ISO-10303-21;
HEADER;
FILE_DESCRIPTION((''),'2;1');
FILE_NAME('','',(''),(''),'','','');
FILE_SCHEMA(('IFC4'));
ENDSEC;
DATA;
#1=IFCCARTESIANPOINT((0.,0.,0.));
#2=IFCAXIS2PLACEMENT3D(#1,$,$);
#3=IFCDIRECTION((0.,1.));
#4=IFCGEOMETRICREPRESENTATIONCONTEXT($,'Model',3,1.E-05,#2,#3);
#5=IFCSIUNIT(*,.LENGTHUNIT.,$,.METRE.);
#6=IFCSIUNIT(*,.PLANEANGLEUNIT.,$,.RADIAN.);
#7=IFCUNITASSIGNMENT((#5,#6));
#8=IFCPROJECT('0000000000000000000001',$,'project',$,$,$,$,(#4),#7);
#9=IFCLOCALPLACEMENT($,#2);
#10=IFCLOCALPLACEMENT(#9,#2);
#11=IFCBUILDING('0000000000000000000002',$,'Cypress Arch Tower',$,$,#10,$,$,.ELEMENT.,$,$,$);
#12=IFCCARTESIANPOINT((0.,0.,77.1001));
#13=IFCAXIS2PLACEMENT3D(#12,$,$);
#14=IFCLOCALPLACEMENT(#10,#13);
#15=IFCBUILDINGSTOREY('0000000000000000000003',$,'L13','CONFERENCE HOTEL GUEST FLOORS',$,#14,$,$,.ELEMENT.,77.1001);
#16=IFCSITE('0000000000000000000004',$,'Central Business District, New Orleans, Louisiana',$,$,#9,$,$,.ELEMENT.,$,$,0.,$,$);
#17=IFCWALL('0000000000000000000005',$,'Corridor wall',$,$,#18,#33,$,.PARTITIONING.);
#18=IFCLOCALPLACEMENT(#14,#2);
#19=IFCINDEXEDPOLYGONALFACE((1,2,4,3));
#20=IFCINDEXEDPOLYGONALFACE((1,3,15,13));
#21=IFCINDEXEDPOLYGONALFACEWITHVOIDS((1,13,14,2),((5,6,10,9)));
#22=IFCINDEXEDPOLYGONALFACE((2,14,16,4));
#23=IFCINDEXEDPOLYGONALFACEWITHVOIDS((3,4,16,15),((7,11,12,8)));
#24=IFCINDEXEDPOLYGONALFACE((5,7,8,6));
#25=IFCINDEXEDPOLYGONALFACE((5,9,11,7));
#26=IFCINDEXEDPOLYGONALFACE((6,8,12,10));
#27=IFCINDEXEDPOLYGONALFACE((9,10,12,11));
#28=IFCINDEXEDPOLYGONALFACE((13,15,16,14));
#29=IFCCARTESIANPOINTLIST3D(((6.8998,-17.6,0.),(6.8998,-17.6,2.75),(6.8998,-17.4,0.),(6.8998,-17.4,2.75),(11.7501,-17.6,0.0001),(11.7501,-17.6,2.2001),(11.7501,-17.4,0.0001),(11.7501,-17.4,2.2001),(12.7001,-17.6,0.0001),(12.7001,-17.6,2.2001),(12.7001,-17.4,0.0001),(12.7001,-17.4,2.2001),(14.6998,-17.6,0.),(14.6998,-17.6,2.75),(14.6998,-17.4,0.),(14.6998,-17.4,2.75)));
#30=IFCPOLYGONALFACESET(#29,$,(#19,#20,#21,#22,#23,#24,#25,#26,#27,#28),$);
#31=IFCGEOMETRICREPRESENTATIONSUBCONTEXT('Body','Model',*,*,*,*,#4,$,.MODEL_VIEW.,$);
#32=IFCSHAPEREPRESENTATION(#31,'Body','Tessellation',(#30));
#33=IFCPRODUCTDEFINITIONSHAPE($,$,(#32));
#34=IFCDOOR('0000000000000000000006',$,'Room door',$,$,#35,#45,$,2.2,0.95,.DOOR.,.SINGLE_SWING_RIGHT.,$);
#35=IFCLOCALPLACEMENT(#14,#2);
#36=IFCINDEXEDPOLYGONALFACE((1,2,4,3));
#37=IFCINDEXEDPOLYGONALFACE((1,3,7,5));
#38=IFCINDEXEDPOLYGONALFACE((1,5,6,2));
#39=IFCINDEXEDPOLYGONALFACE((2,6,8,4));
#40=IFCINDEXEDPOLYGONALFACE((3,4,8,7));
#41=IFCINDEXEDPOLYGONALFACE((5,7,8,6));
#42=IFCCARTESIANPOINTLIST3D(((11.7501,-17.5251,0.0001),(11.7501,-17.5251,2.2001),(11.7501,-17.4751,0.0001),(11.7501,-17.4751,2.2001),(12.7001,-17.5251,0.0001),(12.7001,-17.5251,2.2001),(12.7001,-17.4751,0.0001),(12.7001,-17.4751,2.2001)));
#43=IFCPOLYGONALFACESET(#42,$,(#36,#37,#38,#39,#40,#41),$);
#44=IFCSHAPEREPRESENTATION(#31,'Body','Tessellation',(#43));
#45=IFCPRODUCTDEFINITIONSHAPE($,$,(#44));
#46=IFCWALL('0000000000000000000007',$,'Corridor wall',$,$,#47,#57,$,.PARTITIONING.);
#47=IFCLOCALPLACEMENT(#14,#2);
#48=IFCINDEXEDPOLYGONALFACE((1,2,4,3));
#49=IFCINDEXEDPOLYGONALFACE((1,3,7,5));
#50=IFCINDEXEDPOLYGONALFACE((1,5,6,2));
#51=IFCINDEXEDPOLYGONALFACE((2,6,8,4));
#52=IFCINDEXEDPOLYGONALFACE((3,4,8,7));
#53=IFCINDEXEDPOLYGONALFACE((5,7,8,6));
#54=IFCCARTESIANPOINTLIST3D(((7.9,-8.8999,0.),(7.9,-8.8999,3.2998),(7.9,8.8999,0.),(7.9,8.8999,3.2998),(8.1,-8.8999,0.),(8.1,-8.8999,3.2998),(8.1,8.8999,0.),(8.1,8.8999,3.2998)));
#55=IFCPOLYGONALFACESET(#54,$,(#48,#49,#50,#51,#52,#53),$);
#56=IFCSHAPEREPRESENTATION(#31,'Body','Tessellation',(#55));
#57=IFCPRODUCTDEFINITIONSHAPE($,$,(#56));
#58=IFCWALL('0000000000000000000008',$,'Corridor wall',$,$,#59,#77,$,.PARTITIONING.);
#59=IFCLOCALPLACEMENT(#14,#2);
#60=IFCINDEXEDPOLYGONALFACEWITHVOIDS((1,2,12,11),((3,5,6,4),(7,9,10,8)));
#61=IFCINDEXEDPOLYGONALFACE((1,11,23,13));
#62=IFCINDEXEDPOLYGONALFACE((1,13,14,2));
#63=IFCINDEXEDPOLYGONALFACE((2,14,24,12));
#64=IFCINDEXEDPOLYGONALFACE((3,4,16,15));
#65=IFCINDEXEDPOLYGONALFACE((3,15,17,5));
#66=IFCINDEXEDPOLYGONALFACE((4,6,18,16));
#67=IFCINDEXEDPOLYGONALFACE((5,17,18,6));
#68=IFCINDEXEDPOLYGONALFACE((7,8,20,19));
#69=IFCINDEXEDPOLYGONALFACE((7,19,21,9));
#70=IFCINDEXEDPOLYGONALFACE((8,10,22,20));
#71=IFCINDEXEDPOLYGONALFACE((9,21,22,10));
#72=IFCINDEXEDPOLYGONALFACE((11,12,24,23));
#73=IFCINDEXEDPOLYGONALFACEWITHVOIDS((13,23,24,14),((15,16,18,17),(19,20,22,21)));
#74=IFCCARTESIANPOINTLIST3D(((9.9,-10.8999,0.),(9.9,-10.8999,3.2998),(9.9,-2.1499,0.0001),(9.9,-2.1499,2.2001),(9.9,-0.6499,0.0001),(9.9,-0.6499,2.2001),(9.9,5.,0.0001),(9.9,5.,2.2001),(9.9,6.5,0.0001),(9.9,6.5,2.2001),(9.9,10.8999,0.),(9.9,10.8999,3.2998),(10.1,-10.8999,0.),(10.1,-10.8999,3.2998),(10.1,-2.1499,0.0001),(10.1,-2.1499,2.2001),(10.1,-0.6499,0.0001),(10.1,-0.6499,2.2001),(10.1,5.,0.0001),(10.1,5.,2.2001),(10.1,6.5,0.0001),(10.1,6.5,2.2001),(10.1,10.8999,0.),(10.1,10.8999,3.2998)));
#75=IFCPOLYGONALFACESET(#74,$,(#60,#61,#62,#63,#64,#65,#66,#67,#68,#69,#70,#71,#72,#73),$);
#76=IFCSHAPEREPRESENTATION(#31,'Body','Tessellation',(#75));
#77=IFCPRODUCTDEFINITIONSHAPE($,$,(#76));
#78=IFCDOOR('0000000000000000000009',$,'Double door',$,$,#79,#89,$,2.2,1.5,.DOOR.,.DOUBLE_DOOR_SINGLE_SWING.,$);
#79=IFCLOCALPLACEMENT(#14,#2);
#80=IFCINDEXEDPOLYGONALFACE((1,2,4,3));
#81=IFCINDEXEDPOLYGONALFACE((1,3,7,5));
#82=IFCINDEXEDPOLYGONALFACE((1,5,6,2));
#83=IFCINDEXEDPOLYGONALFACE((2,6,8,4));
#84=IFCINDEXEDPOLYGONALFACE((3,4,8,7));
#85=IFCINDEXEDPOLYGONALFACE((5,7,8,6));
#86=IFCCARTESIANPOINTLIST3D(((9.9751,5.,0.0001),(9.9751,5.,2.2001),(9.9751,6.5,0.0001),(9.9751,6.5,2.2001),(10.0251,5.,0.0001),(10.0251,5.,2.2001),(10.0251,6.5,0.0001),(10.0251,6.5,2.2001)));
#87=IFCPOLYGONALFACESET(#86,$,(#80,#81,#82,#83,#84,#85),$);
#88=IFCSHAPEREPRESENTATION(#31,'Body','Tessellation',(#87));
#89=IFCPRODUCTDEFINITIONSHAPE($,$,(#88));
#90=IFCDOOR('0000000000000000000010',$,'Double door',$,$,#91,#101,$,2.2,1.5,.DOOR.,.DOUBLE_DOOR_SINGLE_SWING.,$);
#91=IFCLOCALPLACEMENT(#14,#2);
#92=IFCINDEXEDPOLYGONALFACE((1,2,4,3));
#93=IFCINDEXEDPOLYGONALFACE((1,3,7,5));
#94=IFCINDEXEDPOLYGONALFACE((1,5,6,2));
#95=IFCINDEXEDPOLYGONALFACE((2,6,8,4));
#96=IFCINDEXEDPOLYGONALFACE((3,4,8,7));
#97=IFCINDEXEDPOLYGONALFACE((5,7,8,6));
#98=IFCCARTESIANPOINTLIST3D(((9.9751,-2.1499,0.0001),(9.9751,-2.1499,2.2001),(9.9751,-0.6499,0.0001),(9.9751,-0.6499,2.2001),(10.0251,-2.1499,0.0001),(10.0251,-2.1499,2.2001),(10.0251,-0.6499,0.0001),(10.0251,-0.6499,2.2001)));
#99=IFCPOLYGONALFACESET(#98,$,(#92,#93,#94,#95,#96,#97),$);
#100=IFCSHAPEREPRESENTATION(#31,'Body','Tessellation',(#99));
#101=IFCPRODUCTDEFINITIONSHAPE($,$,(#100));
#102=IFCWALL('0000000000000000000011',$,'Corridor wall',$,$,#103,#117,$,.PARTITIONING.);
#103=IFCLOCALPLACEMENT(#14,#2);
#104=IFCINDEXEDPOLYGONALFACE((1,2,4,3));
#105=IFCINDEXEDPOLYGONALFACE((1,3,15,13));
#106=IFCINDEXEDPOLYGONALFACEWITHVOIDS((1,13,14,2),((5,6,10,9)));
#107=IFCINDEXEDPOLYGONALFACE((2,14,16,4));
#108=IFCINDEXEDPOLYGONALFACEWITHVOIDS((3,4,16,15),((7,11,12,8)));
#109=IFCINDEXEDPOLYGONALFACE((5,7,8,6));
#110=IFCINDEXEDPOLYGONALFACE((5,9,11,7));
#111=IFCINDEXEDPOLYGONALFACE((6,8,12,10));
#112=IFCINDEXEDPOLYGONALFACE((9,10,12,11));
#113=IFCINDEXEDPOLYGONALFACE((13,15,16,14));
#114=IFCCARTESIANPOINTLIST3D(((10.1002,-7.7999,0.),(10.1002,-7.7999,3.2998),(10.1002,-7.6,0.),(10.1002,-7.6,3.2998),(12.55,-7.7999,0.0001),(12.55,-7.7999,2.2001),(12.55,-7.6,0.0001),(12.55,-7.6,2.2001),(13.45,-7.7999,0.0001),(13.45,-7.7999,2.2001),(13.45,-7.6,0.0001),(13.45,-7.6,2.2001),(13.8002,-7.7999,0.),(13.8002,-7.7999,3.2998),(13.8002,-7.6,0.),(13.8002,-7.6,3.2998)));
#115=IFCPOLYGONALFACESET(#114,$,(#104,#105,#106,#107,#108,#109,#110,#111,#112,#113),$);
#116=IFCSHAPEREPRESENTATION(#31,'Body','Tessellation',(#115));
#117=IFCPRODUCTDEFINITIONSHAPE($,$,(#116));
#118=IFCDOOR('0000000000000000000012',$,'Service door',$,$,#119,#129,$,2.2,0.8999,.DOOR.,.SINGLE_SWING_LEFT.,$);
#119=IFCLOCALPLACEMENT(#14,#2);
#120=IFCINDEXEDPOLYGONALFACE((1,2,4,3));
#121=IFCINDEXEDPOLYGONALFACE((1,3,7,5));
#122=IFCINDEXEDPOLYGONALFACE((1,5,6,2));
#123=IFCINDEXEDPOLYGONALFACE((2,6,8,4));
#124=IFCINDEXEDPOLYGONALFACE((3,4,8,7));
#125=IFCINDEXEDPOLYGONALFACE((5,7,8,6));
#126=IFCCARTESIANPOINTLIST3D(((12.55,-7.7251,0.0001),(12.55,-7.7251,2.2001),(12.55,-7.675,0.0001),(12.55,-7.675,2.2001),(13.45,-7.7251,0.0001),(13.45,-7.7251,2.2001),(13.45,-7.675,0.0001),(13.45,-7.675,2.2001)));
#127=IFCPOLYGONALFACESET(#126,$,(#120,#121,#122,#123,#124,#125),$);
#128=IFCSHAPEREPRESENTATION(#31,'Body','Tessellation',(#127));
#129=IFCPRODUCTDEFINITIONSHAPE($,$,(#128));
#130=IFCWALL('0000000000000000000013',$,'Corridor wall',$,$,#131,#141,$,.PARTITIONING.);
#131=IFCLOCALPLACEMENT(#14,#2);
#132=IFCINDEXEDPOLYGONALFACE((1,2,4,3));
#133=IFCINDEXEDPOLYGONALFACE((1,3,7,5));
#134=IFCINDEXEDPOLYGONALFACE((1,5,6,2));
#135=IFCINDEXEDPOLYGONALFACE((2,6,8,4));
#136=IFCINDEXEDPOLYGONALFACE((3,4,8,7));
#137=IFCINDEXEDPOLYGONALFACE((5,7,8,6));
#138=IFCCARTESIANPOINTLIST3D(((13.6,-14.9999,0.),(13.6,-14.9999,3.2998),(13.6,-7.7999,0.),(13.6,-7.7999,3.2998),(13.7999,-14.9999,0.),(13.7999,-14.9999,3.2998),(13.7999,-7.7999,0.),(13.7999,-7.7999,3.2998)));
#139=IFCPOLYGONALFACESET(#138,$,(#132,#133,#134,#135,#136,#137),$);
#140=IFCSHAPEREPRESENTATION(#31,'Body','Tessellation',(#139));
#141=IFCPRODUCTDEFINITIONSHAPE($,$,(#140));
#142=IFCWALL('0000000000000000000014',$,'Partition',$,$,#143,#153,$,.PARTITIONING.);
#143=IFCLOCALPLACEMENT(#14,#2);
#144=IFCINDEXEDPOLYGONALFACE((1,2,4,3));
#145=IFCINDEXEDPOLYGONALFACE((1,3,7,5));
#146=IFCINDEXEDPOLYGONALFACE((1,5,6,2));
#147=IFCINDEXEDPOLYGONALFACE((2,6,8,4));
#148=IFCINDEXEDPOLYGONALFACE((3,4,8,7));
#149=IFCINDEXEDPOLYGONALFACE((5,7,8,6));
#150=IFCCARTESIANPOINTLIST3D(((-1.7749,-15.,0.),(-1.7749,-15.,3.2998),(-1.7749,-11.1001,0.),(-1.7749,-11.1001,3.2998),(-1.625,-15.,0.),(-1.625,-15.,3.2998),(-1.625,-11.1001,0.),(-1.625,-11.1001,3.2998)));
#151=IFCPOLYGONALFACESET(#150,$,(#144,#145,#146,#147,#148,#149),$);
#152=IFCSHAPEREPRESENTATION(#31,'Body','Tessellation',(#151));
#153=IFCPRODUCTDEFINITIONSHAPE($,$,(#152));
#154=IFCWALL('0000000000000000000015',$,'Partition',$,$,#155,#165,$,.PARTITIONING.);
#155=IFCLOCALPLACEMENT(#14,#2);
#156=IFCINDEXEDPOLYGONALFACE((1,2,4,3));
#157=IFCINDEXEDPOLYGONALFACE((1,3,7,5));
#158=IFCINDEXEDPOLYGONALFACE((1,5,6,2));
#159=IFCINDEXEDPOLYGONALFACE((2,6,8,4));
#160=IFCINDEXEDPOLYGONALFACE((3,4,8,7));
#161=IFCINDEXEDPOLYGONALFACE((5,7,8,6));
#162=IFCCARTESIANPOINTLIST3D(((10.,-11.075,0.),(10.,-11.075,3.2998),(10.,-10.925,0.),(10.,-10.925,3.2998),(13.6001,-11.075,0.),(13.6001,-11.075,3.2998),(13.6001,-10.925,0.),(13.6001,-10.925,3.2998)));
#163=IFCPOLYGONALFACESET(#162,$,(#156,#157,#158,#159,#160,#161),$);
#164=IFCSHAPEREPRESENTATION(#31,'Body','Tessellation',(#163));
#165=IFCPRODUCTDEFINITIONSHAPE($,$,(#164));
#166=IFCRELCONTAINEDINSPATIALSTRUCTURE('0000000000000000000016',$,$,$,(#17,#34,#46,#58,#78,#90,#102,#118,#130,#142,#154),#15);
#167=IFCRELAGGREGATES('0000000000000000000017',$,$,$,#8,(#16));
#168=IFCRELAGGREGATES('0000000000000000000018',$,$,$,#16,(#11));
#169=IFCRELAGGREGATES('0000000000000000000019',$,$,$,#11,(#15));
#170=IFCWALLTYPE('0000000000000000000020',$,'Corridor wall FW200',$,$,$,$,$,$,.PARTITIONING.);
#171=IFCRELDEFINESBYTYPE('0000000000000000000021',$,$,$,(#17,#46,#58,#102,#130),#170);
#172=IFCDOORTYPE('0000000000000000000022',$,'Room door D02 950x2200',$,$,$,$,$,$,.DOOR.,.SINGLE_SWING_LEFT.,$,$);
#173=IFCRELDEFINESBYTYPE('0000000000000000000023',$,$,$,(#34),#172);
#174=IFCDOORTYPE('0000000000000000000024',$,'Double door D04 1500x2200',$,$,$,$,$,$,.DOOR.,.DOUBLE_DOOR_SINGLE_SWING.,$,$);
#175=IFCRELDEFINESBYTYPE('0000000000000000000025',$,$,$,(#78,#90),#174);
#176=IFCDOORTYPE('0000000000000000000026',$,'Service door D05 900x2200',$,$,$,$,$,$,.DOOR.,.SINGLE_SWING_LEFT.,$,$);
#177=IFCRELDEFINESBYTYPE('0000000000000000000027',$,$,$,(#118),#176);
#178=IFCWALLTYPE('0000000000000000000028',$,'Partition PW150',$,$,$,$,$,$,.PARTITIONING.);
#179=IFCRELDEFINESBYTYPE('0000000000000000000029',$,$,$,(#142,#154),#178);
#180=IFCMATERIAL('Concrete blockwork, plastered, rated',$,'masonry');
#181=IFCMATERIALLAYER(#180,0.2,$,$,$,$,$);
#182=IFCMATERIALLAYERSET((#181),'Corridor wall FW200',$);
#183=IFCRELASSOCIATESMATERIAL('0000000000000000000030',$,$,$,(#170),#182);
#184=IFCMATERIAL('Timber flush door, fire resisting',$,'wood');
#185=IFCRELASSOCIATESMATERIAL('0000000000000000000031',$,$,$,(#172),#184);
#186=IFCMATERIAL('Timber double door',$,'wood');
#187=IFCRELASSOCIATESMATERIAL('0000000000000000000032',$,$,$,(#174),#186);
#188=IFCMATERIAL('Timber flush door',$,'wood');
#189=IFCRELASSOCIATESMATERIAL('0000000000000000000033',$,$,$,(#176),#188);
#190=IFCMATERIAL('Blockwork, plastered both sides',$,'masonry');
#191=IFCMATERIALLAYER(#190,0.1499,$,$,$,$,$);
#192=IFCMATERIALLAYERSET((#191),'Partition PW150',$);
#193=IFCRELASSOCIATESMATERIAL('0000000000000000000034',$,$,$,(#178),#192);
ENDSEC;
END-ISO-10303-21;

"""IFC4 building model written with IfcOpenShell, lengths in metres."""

from ifc_helpers import new_model, si_unit, direction, frame, frame_2d, origin, place, context, subcontext, project, spatial, rectangle, extrude, material, layer, layer_set, type_object, element, fill, save


model = new_model("IFC4")

# Units and contexts
model_context = context("Model", 3, precision=1e-05, world=origin(), true_north=direction((0.0, 1.0)))
body_context = subcontext(model_context, "Body", "Model", "MODEL_VIEW")
ifc_project = project(units=[si_unit("LENGTHUNIT", "METRE"), si_unit("PLANEANGLEUNIT", "RADIAN")], contexts=[model_context])

# Site, building, storey
site_placement = place(None, origin())
site = spatial("IfcSite", under=ifc_project, at=site_placement, Name="Central Business District, New Orleans, Louisiana", CompositionType="ELEMENT", RefElevation=0.0)
building_placement = place(site_placement, origin())
building = spatial("IfcBuilding", under=site, at=building_placement, Name="Cypress Arch Tower", CompositionType="ELEMENT")
storey_placement = place(building_placement, frame((0.0, 0.0, 77.1001)))
storey = spatial("IfcBuildingStorey", under=building, at=storey_placement, Name="L13", Description="CONFERENCE HOTEL GUEST FLOORS", CompositionType="ELEMENT", Elevation=77.1001)

# Wall, opening, door
ifc_material_1 = material(Name="Concrete blockwork, plastered, rated", Category="masonry")
ifc_layer_1 = layer(ifc_material_1, 0.2)
ifc_layer_set_1 = layer_set([ifc_layer_1], Name="Corridor wall FW200")
wall_type_1 = type_object("IfcWallType", Name="Corridor wall FW200", PredefinedType="PARTITIONING", material=ifc_layer_set_1)
ifc_material_2 = material(Name="Timber flush door, fire resisting", Category="wood")
door_type_1 = type_object("IfcDoorType", Name="Room door D02 950x2200", OperationType="SINGLE_SWING_LEFT", PredefinedType="DOOR", material=ifc_material_2)
wall_1_placement = place(storey_placement, frame((6.8999, -17.5, 0.0), z_axis=(0.0, 0.0, 1.0), x_axis=(1.0, 0.0, 0.0)))
wall_1 = element("IfcWall", 1, at=wall_1_placement, inside=storey, type_object=wall_type_1, Name="Corridor wall", PredefinedType="PARTITIONING", context=body_context, shape_type="SweptSolid", body=[
    extrude(rectangle(XDim=7.8, YDim=0.2, at=frame_2d((3.8999, 0.0))), origin(), (0.0, 0.0, 1.0), 2.75),
])
opening_1_placement = place(wall_1_placement, frame((4.8501, 0.0, 0.0)))
opening_1 = element("IfcOpeningElement", 2, at=opening_1_placement, cuts=wall_1, PredefinedType="OPENING", context=body_context, shape_type="SweptSolid", body=[
    extrude(rectangle(XDim=0.95, YDim=2.2, at=frame_2d((0.4751, 1.1001))), frame((0.0, 0.1099, 0.0), z_axis=(0.0, -1.0, 0.0), x_axis=(1.0, 0.0, 0.0)), (0.0, 0.0, 1.0), 0.22),
])
door_1_placement = place(opening_1_placement, origin())
door_1 = element("IfcDoor", 3, at=door_1_placement, inside=storey, type_object=door_type_1, Name="Room door", OperationType="SINGLE_SWING_RIGHT", OverallHeight=2.2, OverallWidth=0.95, PredefinedType="DOOR", context=body_context, shape_type="SweptSolid", body=[
    extrude(rectangle(XDim=0.95, YDim=2.2, at=frame_2d((0.4751, 1.1001))), frame((0.0, 0.0249, 0.0), z_axis=(0.0, -1.0, 0.0), x_axis=(1.0, 0.0, 0.0)), (0.0, 0.0, 1.0), 0.05),
])
fill(opening_1, door_1)

# Wall
wall_2_placement = place(storey_placement, frame((8.0, -8.8999, 0.0), z_axis=(0.0, 0.0, 1.0), x_axis=(0.0, 1.0, 0.0)))
element("IfcWall", 4, at=wall_2_placement, inside=storey, type_object=wall_type_1, Name="Corridor wall", PredefinedType="PARTITIONING", context=body_context, shape_type="SweptSolid", body=[
    extrude(rectangle(XDim=17.7998, YDim=0.2, at=frame_2d((8.8999, 0.0))), origin(), (0.0, 0.0, 1.0), 3.2998),
])

# Wall, openings, doors
wall_3_placement = place(storey_placement, frame((10.0, -10.8999, 0.0), z_axis=(0.0, 0.0, 1.0), x_axis=(0.0, 1.0, 0.0)))
wall_3 = element("IfcWall", 5, at=wall_3_placement, inside=storey, type_object=wall_type_1, Name="Corridor wall", PredefinedType="PARTITIONING", context=body_context, shape_type="SweptSolid", body=[
    extrude(rectangle(XDim=21.7998, YDim=0.2, at=frame_2d((10.8999, 0.0))), origin(), (0.0, 0.0, 1.0), 3.2998),
])
opening_2_placement = place(wall_3_placement, frame((15.8999, 0.0, 0.0)))
opening_2 = element("IfcOpeningElement", 6, at=opening_2_placement, cuts=wall_3, PredefinedType="OPENING", context=body_context, shape_type="SweptSolid", body=[
    extrude(rectangle(XDim=1.5, YDim=2.2, at=frame_2d((0.75, 1.1001))), frame((0.0, 0.1099, 0.0), z_axis=(0.0, -1.0, 0.0), x_axis=(1.0, 0.0, 0.0)), (0.0, 0.0, 1.0), 0.22),
])
opening_3_placement = place(wall_3_placement, frame((8.75, 0.0, 0.0)))
opening_3 = element("IfcOpeningElement", 7, at=opening_3_placement, cuts=wall_3, PredefinedType="OPENING", context=body_context, shape_type="SweptSolid", body=[
    extrude(rectangle(XDim=1.5, YDim=2.2, at=frame_2d((0.75, 1.1001))), frame((0.0, 0.1099, 0.0), z_axis=(0.0, -1.0, 0.0), x_axis=(1.0, 0.0, 0.0)), (0.0, 0.0, 1.0), 0.22),
])
ifc_material_3 = material(Name="Timber double door", Category="wood")
door_type_2 = type_object("IfcDoorType", Name="Double door D04 1500x2200", OperationType="DOUBLE_DOOR_SINGLE_SWING", PredefinedType="DOOR", material=ifc_material_3)
door_2_placement = place(opening_2_placement, origin())
door_2 = element("IfcDoor", 8, at=door_2_placement, inside=storey, type_object=door_type_2, Name="Double door", OperationType="DOUBLE_DOOR_SINGLE_SWING", OverallHeight=2.2, OverallWidth=1.5, PredefinedType="DOOR", context=body_context, shape_type="SweptSolid", body=[
    extrude(rectangle(XDim=1.5, YDim=2.2, at=frame_2d((0.75, 1.1001))), frame((0.0, 0.0249, 0.0), z_axis=(0.0, -1.0, 0.0), x_axis=(1.0, 0.0, 0.0)), (0.0, 0.0, 1.0), 0.05),
])
fill(opening_2, door_2)
door_3_placement = place(opening_3_placement, origin())
door_3 = element("IfcDoor", 9, at=door_3_placement, inside=storey, type_object=door_type_2, Name="Double door", OperationType="DOUBLE_DOOR_SINGLE_SWING", OverallHeight=2.2, OverallWidth=1.5, PredefinedType="DOOR", context=body_context, shape_type="SweptSolid", body=[
    extrude(rectangle(XDim=1.5, YDim=2.2, at=frame_2d((0.75, 1.1001))), frame((0.0, 0.0249, 0.0), z_axis=(0.0, -1.0, 0.0), x_axis=(1.0, 0.0, 0.0)), (0.0, 0.0, 1.0), 0.05),
])
fill(opening_3, door_3)

# Wall, opening, door
wall_4_placement = place(storey_placement, frame((10.1001, -7.7, 0.0), z_axis=(0.0, 0.0, 1.0), x_axis=(1.0, 0.0, 0.0)))
wall_4 = element("IfcWall", 10, at=wall_4_placement, inside=storey, type_object=wall_type_1, Name="Corridor wall", PredefinedType="PARTITIONING", context=body_context, shape_type="SweptSolid", body=[
    extrude(rectangle(XDim=3.7, YDim=0.2, at=frame_2d((1.8501, 0.0))), origin(), (0.0, 0.0, 1.0), 3.2998),
])
opening_4_placement = place(wall_4_placement, frame((2.45, 0.0, 0.0)))
opening_4 = element("IfcOpeningElement", 11, at=opening_4_placement, cuts=wall_4, PredefinedType="OPENING", context=body_context, shape_type="SweptSolid", body=[
    extrude(rectangle(XDim=0.8999, YDim=2.2, at=frame_2d((0.45, 1.1001))), frame((0.0, 0.1099, 0.0), z_axis=(0.0, -1.0, 0.0), x_axis=(1.0, 0.0, 0.0)), (0.0, 0.0, 1.0), 0.22),
])
ifc_material_4 = material(Name="Timber flush door", Category="wood")
door_type_3 = type_object("IfcDoorType", Name="Service door D05 900x2200", OperationType="SINGLE_SWING_LEFT", PredefinedType="DOOR", material=ifc_material_4)
door_4_placement = place(opening_4_placement, origin())
door_4 = element("IfcDoor", 12, at=door_4_placement, inside=storey, type_object=door_type_3, Name="Service door", OperationType="SINGLE_SWING_LEFT", OverallHeight=2.2, OverallWidth=0.8999, PredefinedType="DOOR", context=body_context, shape_type="SweptSolid", body=[
    extrude(rectangle(XDim=0.8999, YDim=2.2, at=frame_2d((0.45, 1.1001))), frame((0.0, 0.0249, 0.0), z_axis=(0.0, -1.0, 0.0), x_axis=(1.0, 0.0, 0.0)), (0.0, 0.0, 1.0), 0.05),
])
fill(opening_4, door_4)

# Walls
wall_5_placement = place(storey_placement, frame((13.7, -15.0, 0.0), z_axis=(0.0, 0.0, 1.0), x_axis=(0.0, 1.0, 0.0)))
element("IfcWall", 13, at=wall_5_placement, inside=storey, type_object=wall_type_1, Name="Corridor wall", PredefinedType="PARTITIONING", context=body_context, shape_type="SweptSolid", body=[
    extrude(rectangle(XDim=7.2, YDim=0.2, at=frame_2d((3.6001, 0.0))), origin(), (0.0, 0.0, 1.0), 3.2998),
])
ifc_material_5 = material(Name="Blockwork, plastered both sides", Category="masonry")
ifc_layer_2 = layer(ifc_material_5, 0.1499)
ifc_layer_set_2 = layer_set([ifc_layer_2], Name="Partition PW150")
wall_type_2 = type_object("IfcWallType", Name="Partition PW150", PredefinedType="PARTITIONING", material=ifc_layer_set_2)
wall_6_placement = place(storey_placement, frame((-1.7, -15.0, 0.0), z_axis=(0.0, 0.0, 1.0), x_axis=(0.0, 1.0, 0.0)))
element("IfcWall", 14, at=wall_6_placement, inside=storey, type_object=wall_type_2, Name="Partition", PredefinedType="PARTITIONING", context=body_context, shape_type="SweptSolid", body=[
    extrude(rectangle(XDim=3.8999, YDim=0.1499, at=frame_2d((1.95, 0.0))), origin(), (0.0, 0.0, 1.0), 3.2998),
])
wall_7_placement = place(storey_placement, frame((10.0, -11.0, 0.0), z_axis=(0.0, 0.0, 1.0), x_axis=(1.0, 0.0, 0.0)))
element("IfcWall", 15, at=wall_7_placement, inside=storey, type_object=wall_type_2, Name="Partition", PredefinedType="PARTITIONING", context=body_context, shape_type="SweptSolid", body=[
    extrude(rectangle(XDim=3.6001, YDim=0.1499, at=frame_2d((1.8, 0.0))), origin(), (0.0, 0.0, 1.0), 3.2998),
])

save(model, "model.ifc")
